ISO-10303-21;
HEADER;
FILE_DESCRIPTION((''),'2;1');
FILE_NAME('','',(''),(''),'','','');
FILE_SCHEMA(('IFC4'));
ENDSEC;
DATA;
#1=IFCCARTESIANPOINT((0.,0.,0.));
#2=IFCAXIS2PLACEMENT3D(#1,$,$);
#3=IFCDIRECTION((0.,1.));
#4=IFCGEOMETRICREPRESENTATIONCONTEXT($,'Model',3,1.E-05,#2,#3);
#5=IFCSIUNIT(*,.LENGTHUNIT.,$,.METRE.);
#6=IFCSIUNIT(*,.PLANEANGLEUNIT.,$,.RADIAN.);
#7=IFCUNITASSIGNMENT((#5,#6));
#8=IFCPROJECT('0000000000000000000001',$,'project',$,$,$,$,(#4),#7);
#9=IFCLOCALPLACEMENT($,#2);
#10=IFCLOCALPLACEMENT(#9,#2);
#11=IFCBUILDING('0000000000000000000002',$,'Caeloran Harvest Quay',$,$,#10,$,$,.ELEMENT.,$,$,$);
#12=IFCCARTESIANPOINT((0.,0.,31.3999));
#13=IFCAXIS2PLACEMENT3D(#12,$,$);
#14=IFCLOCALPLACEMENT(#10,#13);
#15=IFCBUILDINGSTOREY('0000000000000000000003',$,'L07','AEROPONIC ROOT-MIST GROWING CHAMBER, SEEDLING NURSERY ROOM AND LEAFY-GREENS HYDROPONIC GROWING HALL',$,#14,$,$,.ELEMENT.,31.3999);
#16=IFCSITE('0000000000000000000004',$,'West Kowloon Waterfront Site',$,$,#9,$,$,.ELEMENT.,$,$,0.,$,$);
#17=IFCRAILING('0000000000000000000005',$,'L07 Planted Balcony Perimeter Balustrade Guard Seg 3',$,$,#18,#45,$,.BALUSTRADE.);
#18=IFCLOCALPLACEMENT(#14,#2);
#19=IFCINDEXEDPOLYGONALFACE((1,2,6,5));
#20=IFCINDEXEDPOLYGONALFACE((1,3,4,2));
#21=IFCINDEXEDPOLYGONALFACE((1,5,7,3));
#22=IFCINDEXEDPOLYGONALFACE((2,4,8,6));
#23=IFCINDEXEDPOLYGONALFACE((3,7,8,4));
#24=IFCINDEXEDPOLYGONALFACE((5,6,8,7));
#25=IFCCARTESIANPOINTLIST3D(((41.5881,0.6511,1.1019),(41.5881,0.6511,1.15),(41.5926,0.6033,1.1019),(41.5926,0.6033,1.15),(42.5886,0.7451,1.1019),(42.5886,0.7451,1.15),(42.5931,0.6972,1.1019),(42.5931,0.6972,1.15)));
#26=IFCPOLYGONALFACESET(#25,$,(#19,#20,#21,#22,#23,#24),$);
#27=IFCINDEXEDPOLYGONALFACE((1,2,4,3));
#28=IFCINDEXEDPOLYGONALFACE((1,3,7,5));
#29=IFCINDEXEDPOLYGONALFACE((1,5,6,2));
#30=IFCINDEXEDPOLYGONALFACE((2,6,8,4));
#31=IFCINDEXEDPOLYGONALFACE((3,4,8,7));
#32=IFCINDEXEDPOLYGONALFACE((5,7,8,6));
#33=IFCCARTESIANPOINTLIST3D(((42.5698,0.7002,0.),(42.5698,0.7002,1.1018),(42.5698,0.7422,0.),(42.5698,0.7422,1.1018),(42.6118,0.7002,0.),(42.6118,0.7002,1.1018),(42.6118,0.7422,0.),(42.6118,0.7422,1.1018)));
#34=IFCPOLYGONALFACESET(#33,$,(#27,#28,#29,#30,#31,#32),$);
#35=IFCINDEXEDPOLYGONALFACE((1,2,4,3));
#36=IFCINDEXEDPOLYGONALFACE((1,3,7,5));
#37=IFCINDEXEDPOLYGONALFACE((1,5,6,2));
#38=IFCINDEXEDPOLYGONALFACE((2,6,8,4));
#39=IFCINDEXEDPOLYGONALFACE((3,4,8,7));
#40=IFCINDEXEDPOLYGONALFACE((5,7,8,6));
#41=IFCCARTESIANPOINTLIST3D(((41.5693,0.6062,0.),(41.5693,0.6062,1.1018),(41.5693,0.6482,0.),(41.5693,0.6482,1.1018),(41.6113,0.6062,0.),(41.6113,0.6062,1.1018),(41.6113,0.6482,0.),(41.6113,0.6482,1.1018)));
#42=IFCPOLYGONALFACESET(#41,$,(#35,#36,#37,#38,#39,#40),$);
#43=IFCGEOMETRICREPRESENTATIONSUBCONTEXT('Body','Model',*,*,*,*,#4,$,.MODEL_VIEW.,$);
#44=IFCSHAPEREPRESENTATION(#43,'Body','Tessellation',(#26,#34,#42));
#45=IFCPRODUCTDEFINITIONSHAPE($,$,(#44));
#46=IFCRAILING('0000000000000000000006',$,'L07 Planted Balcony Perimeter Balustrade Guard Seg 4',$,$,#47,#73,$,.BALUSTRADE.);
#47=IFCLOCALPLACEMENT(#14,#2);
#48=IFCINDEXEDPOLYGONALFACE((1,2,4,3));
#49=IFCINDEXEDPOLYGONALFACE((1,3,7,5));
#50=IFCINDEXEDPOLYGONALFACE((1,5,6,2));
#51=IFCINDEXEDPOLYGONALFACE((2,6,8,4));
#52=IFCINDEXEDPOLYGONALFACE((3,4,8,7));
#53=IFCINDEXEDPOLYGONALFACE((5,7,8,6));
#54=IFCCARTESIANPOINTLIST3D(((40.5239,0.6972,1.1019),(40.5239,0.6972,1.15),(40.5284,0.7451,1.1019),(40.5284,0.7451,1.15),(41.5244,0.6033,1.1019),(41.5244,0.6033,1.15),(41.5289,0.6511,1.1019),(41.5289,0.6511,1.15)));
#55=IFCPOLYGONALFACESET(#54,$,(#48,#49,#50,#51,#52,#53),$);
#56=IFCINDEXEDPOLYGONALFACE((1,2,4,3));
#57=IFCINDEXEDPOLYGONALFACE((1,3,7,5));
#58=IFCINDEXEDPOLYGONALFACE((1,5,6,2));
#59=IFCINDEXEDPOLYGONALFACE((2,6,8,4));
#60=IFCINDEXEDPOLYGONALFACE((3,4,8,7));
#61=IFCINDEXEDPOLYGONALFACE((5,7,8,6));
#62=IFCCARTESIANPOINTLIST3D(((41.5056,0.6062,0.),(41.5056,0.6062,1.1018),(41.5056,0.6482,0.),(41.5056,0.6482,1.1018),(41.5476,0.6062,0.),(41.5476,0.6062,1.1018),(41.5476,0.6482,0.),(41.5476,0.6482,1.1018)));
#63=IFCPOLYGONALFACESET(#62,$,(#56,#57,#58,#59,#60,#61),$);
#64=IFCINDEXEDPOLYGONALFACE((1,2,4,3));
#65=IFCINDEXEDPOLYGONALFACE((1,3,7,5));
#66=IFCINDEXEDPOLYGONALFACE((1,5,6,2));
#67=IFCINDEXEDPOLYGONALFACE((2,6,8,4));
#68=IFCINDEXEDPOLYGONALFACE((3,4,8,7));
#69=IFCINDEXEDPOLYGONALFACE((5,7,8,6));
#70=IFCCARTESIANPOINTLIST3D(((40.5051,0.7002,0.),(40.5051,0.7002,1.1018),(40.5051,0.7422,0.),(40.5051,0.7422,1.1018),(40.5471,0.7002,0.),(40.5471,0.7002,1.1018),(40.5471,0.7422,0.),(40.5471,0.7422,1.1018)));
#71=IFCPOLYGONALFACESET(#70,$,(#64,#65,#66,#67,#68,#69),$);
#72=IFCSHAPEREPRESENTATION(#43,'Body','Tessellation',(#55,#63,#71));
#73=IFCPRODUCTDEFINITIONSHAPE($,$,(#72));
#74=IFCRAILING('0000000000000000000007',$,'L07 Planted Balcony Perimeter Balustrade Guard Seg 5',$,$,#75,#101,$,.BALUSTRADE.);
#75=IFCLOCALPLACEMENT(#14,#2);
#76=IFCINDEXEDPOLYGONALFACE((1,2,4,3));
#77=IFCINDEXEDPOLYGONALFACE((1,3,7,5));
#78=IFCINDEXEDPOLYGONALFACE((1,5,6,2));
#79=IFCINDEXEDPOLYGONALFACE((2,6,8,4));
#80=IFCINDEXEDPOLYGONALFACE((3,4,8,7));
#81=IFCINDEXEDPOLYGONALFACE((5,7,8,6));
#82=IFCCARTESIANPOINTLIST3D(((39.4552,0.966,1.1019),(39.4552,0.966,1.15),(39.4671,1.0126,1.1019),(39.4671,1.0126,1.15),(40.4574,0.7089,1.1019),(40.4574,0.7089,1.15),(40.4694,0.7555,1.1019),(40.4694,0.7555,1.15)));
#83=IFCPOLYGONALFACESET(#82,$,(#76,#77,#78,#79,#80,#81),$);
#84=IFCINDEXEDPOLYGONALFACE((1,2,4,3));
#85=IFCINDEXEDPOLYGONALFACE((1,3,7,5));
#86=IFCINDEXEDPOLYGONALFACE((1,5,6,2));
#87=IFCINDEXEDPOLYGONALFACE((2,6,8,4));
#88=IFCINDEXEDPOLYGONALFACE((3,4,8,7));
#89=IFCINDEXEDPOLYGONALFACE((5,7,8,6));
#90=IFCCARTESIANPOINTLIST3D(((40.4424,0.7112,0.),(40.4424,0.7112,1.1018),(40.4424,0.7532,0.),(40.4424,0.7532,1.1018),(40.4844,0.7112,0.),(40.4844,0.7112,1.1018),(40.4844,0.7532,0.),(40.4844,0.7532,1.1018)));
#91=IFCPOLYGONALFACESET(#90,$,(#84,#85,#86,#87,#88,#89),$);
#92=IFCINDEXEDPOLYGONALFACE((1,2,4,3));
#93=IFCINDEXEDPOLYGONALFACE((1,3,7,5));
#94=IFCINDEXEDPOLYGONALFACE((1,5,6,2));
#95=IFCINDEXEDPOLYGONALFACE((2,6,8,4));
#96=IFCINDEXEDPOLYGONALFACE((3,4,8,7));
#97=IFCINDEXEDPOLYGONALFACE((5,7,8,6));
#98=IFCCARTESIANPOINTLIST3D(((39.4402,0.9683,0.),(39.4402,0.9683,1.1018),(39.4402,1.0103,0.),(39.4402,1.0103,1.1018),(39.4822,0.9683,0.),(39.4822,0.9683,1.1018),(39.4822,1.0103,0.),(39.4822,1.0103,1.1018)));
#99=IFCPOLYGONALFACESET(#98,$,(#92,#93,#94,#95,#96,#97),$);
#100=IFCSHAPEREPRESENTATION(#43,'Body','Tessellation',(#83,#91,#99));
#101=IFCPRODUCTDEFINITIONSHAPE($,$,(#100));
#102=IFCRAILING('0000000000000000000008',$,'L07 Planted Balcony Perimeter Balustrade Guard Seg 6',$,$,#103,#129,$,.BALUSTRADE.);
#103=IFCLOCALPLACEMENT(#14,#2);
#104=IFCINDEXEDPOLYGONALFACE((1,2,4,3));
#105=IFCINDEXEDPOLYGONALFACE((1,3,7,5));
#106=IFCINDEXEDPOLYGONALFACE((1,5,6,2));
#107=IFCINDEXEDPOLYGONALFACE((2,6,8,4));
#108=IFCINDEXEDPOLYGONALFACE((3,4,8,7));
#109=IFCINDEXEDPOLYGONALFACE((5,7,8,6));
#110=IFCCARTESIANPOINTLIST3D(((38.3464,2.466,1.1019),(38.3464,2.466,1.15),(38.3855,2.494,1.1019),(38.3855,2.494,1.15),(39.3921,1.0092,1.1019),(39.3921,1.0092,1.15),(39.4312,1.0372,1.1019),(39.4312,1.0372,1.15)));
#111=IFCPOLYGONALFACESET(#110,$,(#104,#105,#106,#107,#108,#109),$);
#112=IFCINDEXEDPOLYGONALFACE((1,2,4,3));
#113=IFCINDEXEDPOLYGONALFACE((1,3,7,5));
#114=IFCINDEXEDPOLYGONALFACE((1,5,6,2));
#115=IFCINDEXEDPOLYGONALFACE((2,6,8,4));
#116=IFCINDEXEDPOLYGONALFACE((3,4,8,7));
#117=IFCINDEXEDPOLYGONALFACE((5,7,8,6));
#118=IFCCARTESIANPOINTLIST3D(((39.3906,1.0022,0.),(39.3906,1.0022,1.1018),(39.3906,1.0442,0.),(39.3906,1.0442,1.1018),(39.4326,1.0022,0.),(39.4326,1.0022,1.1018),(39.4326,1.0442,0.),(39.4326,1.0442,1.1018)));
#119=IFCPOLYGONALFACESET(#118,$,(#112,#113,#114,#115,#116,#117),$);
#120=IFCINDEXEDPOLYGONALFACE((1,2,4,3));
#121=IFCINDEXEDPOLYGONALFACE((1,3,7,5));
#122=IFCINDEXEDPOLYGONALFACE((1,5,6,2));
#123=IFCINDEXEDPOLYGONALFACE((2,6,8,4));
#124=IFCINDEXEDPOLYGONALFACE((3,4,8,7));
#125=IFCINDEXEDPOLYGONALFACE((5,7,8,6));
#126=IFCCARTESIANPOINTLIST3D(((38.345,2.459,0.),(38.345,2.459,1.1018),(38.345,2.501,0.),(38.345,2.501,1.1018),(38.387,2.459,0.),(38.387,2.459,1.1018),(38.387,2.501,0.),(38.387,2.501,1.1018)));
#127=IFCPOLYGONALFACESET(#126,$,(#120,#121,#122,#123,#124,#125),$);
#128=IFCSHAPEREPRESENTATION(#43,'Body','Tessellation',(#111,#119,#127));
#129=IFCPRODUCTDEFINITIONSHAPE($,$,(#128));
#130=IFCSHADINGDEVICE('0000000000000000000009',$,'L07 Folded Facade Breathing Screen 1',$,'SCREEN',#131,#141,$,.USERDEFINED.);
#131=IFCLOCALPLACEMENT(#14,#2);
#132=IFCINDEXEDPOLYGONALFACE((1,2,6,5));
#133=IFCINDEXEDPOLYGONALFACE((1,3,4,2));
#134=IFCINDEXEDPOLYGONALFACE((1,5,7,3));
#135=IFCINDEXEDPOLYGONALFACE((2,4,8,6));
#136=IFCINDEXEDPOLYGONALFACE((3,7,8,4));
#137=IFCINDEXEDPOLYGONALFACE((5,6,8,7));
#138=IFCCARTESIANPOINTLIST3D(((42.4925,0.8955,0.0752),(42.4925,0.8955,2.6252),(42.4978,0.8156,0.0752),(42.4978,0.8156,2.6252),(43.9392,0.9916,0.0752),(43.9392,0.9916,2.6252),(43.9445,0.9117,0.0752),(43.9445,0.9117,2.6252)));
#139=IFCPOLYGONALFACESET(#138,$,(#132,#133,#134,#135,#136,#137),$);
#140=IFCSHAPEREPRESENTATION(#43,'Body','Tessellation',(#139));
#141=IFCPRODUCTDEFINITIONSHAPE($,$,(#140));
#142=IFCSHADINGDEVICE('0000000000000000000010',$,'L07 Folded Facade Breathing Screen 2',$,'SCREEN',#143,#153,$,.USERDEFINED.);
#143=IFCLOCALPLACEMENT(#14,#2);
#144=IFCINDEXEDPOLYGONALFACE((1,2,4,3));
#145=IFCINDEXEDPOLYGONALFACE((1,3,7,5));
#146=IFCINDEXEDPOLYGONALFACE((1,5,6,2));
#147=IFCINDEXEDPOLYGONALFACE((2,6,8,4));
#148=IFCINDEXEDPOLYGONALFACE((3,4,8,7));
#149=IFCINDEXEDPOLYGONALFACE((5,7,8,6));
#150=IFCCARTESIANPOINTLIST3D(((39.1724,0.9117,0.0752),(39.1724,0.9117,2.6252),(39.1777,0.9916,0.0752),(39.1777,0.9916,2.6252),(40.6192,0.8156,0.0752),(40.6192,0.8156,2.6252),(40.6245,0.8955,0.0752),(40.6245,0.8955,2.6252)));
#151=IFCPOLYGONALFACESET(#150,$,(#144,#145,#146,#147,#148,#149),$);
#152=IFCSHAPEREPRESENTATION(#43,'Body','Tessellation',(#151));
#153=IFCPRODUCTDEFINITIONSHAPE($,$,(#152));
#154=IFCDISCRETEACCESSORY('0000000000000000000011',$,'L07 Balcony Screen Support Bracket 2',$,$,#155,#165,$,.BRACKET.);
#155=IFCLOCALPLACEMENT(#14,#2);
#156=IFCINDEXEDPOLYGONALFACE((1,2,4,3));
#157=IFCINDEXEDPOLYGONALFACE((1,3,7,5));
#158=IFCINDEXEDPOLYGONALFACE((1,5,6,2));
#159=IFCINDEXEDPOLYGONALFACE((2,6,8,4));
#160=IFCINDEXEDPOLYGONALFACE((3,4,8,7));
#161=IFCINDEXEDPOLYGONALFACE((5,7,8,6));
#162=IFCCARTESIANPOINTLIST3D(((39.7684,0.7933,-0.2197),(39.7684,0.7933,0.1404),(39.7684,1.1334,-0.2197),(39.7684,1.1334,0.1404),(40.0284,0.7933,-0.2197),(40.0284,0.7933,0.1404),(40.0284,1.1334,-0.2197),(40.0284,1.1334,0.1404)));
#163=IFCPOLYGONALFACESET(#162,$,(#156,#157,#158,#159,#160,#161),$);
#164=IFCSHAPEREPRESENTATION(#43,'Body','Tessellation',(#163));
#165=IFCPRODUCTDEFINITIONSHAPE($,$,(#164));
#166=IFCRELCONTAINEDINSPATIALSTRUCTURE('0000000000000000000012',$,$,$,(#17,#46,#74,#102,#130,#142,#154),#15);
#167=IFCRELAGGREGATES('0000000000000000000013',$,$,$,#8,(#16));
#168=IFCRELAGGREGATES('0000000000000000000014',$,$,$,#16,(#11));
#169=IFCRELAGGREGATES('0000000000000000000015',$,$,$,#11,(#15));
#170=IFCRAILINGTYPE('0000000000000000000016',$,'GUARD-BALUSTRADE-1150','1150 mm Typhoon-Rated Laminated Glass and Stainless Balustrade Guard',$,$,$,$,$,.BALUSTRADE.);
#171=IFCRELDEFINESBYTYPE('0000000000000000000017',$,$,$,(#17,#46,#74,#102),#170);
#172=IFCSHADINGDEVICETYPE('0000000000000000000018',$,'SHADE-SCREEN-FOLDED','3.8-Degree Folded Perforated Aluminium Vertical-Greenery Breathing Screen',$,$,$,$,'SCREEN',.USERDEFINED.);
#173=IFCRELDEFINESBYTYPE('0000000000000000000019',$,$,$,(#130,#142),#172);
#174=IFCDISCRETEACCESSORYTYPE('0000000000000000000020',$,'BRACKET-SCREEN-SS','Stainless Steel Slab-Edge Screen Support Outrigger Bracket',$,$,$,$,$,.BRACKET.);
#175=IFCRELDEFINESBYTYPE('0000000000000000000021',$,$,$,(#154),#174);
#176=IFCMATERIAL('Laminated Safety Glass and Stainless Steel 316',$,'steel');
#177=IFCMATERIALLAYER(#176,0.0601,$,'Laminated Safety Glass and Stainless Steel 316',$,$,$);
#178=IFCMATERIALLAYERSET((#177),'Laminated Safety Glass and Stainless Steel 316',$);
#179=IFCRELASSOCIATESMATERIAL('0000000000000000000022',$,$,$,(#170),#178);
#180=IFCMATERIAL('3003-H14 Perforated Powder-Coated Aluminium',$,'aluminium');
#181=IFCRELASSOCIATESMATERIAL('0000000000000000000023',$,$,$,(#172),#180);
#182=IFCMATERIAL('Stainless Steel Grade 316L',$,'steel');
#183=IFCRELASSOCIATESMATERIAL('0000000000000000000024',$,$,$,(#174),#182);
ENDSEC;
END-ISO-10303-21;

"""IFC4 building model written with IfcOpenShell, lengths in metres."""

from ifc_helpers import new_model, si_unit, direction, frame, origin, origin_2d, place, context, subcontext, project, spatial, rectangle, extrude, material, layer, layer_set, type_object, element, save


model = new_model("IFC4")

# Units and contexts
model_context = context("Model", 3, precision=1e-05, world=origin(), true_north=direction((0.0, 1.0)))
body_context = subcontext(model_context, "Body", "Model", "MODEL_VIEW")
ifc_project = project(units=[si_unit("LENGTHUNIT", "METRE"), si_unit("PLANEANGLEUNIT", "RADIAN")], contexts=[model_context])

# Site, building, storey
site_placement = place(None, origin())
site = spatial("IfcSite", under=ifc_project, at=site_placement, Name="West Kowloon Waterfront Site", CompositionType="ELEMENT", RefElevation=0.0)
building_placement = place(site_placement, origin())
building = spatial("IfcBuilding", under=site, at=building_placement, Name="Caeloran Harvest Quay", CompositionType="ELEMENT")
storey_placement = place(building_placement, frame((0.0, 0.0, 31.3999)))
storey = spatial("IfcBuildingStorey", under=building, at=storey_placement, Name="L07", Description="AEROPONIC ROOT-MIST GROWING CHAMBER, SEEDLING NURSERY ROOM AND LEAFY-GREENS HYDROPONIC GROWING HALL", CompositionType="ELEMENT", Elevation=31.3999)

# Railings
ifc_material_1 = material(Name="Laminated Safety Glass and Stainless Steel 316", Category="steel")
ifc_layer_1 = layer(ifc_material_1, 0.0601, Name="Laminated Safety Glass and Stainless Steel 316")
ifc_layer_set_1 = layer_set([ifc_layer_1], Name="Laminated Safety Glass and Stainless Steel 316")
railing_type = type_object("IfcRailingType", Name="GUARD-BALUSTRADE-1150", Description="1150 mm Typhoon-Rated Laminated Glass and Stainless Balustrade Guard", PredefinedType="BALUSTRADE", material=ifc_layer_set_1)
railing_1_placement = place(storey_placement, frame((42.5908, 0.7212, 0.0)))
element("IfcRailing", 1, at=railing_1_placement, inside=storey, type_object=railing_type, Name="L07 Planted Balcony Perimeter Balustrade Guard Seg 3", PredefinedType="BALUSTRADE", context=body_context, shape_type="SweptSolid", body=[
    extrude(rectangle(XDim=0.0481, YDim=0.0481, at=origin_2d()), frame((0.0, 0.0, 1.126), z_axis=(-0.995616, -0.093536, 0.0), x_axis=(0.093536, -0.995616, 0.0)), (0.0, 0.0, 1.0), 1.0049),
    extrude(rectangle(XDim=0.042, YDim=0.042, at=origin_2d()), origin(), (0.0, 0.0, 1.0), 1.1018),
    extrude(rectangle(XDim=0.042, YDim=0.042, at=origin_2d()), frame((-1.0005, -0.094, 0.0)), (0.0, 0.0, 1.0), 1.1018),
])
railing_2_placement = place(storey_placement, frame((41.5266, 0.6272, 0.0)))
element("IfcRailing", 2, at=railing_2_placement, inside=storey, type_object=railing_type, Name="L07 Planted Balcony Perimeter Balustrade Guard Seg 4", PredefinedType="BALUSTRADE", context=body_context, shape_type="SweptSolid", body=[
    extrude(rectangle(XDim=0.0481, YDim=0.0481, at=origin_2d()), frame((0.0, 0.0, 1.126), z_axis=(-0.995616, 0.093536, 0.0), x_axis=(-0.093536, -0.995616, 0.0)), (0.0, 0.0, 1.0), 1.0049),
    extrude(rectangle(XDim=0.042, YDim=0.042, at=origin_2d()), origin(), (0.0, 0.0, 1.0), 1.1018),
    extrude(rectangle(XDim=0.042, YDim=0.042, at=origin_2d()), frame((-1.0005, 0.094, 0.0)), (0.0, 0.0, 1.0), 1.1018),
])
railing_3_placement = place(storey_placement, frame((40.4634, 0.7322, 0.0)))
element("IfcRailing", 3, at=railing_3_placement, inside=storey, type_object=railing_type, Name="L07 Planted Balcony Perimeter Balustrade Guard Seg 5", PredefinedType="BALUSTRADE", context=body_context, shape_type="SweptSolid", body=[
    extrude(rectangle(XDim=0.0481, YDim=0.0481, at=origin_2d()), frame((0.0, 0.0, 1.126), z_axis=(-0.968639, 0.248472, 0.0), x_axis=(-0.248472, -0.968639, 0.0)), (0.0, 0.0, 1.0), 1.0347),
    extrude(rectangle(XDim=0.042, YDim=0.042, at=origin_2d()), origin(), (0.0, 0.0, 1.0), 1.1018),
    extrude(rectangle(XDim=0.042, YDim=0.042, at=origin_2d()), frame((-1.0022, 0.2571, 0.0)), (0.0, 0.0, 1.0), 1.1018),
])
railing_4_placement = place(storey_placement, frame((39.4116, 1.0232, 0.0)))
element("IfcRailing", 4, at=railing_4_placement, inside=storey, type_object=railing_type, Name="L07 Planted Balcony Perimeter Balustrade Guard Seg 6", PredefinedType="BALUSTRADE", context=body_context, shape_type="SweptSolid", body=[
    extrude(rectangle(XDim=0.0481, YDim=0.0481, at=origin_2d()), frame((0.0, 0.0, 1.126), z_axis=(-0.583117, 0.812388, 0.0), x_axis=(-0.812388, -0.583117, 0.0)), (0.0, 0.0, 1.0), 1.7932),
    extrude(rectangle(XDim=0.042, YDim=0.042, at=origin_2d()), origin(), (0.0, 0.0, 1.0), 1.1018),
    extrude(rectangle(XDim=0.042, YDim=0.042, at=origin_2d()), frame((-1.0457, 1.4568, 0.0)), (0.0, 0.0, 1.0), 1.1018),
])

# Shading devices
ifc_material_2 = material(Name="3003-H14 Perforated Powder-Coated Aluminium", Category="aluminium")
shading_device_type = type_object("IfcShadingDeviceType", Name="SHADE-SCREEN-FOLDED", Description="3.8-Degree Folded Perforated Aluminium Vertical-Greenery Breathing Screen", ElementType="SCREEN", PredefinedType="USERDEFINED", material=ifc_material_2)
for number, where, z_axis, x_axis, name in (
    (5, (43.2185, 0.9036, 0.0752), (0.0, 0.0, 1.0), (0.997801, 0.066274, 0.0), "L07 Folded Facade Breathing Screen 1"),
    (6, (39.8984, 0.9036, 0.0752), (0.0, 0.0, 1.0), (0.997801, -0.066274, 0.0), "L07 Folded Facade Breathing Screen 2"),
):
    element("IfcShadingDevice", number, at=place(storey_placement, frame(where, z_axis=z_axis, x_axis=x_axis)), inside=storey, type_object=shading_device_type, Name=name, ObjectType="SCREEN", PredefinedType="USERDEFINED", context=body_context, shape_type="SweptSolid", body=[
        extrude(rectangle(XDim=1.45, YDim=0.0801, at=origin_2d()), origin(), (0.0, 0.0, 1.0), 2.55),
    ])

# Discrete accessory
ifc_material_3 = material(Name="Stainless Steel Grade 316L", Category="steel")
discrete_accessory_type = type_object("IfcDiscreteAccessoryType", Name="BRACKET-SCREEN-SS", Description="Stainless Steel Slab-Edge Screen Support Outrigger Bracket", PredefinedType="BRACKET", material=ifc_material_3)
discrete_accessory_placement = place(storey_placement, frame((39.8984, 0.9634, -0.2197), z_axis=(0.0, 0.0, 1.0), x_axis=(1.0, 0.0, 0.0)))
element("IfcDiscreteAccessory", 7, at=discrete_accessory_placement, inside=storey, type_object=discrete_accessory_type, Name="L07 Balcony Screen Support Bracket 2", PredefinedType="BRACKET", context=body_context, shape_type="SweptSolid", body=[
    extrude(rectangle(XDim=0.26, YDim=0.3401, at=origin_2d()), origin(), (0.0, 0.0, 1.0), 0.3601),
])

save(model, "model.ifc")
